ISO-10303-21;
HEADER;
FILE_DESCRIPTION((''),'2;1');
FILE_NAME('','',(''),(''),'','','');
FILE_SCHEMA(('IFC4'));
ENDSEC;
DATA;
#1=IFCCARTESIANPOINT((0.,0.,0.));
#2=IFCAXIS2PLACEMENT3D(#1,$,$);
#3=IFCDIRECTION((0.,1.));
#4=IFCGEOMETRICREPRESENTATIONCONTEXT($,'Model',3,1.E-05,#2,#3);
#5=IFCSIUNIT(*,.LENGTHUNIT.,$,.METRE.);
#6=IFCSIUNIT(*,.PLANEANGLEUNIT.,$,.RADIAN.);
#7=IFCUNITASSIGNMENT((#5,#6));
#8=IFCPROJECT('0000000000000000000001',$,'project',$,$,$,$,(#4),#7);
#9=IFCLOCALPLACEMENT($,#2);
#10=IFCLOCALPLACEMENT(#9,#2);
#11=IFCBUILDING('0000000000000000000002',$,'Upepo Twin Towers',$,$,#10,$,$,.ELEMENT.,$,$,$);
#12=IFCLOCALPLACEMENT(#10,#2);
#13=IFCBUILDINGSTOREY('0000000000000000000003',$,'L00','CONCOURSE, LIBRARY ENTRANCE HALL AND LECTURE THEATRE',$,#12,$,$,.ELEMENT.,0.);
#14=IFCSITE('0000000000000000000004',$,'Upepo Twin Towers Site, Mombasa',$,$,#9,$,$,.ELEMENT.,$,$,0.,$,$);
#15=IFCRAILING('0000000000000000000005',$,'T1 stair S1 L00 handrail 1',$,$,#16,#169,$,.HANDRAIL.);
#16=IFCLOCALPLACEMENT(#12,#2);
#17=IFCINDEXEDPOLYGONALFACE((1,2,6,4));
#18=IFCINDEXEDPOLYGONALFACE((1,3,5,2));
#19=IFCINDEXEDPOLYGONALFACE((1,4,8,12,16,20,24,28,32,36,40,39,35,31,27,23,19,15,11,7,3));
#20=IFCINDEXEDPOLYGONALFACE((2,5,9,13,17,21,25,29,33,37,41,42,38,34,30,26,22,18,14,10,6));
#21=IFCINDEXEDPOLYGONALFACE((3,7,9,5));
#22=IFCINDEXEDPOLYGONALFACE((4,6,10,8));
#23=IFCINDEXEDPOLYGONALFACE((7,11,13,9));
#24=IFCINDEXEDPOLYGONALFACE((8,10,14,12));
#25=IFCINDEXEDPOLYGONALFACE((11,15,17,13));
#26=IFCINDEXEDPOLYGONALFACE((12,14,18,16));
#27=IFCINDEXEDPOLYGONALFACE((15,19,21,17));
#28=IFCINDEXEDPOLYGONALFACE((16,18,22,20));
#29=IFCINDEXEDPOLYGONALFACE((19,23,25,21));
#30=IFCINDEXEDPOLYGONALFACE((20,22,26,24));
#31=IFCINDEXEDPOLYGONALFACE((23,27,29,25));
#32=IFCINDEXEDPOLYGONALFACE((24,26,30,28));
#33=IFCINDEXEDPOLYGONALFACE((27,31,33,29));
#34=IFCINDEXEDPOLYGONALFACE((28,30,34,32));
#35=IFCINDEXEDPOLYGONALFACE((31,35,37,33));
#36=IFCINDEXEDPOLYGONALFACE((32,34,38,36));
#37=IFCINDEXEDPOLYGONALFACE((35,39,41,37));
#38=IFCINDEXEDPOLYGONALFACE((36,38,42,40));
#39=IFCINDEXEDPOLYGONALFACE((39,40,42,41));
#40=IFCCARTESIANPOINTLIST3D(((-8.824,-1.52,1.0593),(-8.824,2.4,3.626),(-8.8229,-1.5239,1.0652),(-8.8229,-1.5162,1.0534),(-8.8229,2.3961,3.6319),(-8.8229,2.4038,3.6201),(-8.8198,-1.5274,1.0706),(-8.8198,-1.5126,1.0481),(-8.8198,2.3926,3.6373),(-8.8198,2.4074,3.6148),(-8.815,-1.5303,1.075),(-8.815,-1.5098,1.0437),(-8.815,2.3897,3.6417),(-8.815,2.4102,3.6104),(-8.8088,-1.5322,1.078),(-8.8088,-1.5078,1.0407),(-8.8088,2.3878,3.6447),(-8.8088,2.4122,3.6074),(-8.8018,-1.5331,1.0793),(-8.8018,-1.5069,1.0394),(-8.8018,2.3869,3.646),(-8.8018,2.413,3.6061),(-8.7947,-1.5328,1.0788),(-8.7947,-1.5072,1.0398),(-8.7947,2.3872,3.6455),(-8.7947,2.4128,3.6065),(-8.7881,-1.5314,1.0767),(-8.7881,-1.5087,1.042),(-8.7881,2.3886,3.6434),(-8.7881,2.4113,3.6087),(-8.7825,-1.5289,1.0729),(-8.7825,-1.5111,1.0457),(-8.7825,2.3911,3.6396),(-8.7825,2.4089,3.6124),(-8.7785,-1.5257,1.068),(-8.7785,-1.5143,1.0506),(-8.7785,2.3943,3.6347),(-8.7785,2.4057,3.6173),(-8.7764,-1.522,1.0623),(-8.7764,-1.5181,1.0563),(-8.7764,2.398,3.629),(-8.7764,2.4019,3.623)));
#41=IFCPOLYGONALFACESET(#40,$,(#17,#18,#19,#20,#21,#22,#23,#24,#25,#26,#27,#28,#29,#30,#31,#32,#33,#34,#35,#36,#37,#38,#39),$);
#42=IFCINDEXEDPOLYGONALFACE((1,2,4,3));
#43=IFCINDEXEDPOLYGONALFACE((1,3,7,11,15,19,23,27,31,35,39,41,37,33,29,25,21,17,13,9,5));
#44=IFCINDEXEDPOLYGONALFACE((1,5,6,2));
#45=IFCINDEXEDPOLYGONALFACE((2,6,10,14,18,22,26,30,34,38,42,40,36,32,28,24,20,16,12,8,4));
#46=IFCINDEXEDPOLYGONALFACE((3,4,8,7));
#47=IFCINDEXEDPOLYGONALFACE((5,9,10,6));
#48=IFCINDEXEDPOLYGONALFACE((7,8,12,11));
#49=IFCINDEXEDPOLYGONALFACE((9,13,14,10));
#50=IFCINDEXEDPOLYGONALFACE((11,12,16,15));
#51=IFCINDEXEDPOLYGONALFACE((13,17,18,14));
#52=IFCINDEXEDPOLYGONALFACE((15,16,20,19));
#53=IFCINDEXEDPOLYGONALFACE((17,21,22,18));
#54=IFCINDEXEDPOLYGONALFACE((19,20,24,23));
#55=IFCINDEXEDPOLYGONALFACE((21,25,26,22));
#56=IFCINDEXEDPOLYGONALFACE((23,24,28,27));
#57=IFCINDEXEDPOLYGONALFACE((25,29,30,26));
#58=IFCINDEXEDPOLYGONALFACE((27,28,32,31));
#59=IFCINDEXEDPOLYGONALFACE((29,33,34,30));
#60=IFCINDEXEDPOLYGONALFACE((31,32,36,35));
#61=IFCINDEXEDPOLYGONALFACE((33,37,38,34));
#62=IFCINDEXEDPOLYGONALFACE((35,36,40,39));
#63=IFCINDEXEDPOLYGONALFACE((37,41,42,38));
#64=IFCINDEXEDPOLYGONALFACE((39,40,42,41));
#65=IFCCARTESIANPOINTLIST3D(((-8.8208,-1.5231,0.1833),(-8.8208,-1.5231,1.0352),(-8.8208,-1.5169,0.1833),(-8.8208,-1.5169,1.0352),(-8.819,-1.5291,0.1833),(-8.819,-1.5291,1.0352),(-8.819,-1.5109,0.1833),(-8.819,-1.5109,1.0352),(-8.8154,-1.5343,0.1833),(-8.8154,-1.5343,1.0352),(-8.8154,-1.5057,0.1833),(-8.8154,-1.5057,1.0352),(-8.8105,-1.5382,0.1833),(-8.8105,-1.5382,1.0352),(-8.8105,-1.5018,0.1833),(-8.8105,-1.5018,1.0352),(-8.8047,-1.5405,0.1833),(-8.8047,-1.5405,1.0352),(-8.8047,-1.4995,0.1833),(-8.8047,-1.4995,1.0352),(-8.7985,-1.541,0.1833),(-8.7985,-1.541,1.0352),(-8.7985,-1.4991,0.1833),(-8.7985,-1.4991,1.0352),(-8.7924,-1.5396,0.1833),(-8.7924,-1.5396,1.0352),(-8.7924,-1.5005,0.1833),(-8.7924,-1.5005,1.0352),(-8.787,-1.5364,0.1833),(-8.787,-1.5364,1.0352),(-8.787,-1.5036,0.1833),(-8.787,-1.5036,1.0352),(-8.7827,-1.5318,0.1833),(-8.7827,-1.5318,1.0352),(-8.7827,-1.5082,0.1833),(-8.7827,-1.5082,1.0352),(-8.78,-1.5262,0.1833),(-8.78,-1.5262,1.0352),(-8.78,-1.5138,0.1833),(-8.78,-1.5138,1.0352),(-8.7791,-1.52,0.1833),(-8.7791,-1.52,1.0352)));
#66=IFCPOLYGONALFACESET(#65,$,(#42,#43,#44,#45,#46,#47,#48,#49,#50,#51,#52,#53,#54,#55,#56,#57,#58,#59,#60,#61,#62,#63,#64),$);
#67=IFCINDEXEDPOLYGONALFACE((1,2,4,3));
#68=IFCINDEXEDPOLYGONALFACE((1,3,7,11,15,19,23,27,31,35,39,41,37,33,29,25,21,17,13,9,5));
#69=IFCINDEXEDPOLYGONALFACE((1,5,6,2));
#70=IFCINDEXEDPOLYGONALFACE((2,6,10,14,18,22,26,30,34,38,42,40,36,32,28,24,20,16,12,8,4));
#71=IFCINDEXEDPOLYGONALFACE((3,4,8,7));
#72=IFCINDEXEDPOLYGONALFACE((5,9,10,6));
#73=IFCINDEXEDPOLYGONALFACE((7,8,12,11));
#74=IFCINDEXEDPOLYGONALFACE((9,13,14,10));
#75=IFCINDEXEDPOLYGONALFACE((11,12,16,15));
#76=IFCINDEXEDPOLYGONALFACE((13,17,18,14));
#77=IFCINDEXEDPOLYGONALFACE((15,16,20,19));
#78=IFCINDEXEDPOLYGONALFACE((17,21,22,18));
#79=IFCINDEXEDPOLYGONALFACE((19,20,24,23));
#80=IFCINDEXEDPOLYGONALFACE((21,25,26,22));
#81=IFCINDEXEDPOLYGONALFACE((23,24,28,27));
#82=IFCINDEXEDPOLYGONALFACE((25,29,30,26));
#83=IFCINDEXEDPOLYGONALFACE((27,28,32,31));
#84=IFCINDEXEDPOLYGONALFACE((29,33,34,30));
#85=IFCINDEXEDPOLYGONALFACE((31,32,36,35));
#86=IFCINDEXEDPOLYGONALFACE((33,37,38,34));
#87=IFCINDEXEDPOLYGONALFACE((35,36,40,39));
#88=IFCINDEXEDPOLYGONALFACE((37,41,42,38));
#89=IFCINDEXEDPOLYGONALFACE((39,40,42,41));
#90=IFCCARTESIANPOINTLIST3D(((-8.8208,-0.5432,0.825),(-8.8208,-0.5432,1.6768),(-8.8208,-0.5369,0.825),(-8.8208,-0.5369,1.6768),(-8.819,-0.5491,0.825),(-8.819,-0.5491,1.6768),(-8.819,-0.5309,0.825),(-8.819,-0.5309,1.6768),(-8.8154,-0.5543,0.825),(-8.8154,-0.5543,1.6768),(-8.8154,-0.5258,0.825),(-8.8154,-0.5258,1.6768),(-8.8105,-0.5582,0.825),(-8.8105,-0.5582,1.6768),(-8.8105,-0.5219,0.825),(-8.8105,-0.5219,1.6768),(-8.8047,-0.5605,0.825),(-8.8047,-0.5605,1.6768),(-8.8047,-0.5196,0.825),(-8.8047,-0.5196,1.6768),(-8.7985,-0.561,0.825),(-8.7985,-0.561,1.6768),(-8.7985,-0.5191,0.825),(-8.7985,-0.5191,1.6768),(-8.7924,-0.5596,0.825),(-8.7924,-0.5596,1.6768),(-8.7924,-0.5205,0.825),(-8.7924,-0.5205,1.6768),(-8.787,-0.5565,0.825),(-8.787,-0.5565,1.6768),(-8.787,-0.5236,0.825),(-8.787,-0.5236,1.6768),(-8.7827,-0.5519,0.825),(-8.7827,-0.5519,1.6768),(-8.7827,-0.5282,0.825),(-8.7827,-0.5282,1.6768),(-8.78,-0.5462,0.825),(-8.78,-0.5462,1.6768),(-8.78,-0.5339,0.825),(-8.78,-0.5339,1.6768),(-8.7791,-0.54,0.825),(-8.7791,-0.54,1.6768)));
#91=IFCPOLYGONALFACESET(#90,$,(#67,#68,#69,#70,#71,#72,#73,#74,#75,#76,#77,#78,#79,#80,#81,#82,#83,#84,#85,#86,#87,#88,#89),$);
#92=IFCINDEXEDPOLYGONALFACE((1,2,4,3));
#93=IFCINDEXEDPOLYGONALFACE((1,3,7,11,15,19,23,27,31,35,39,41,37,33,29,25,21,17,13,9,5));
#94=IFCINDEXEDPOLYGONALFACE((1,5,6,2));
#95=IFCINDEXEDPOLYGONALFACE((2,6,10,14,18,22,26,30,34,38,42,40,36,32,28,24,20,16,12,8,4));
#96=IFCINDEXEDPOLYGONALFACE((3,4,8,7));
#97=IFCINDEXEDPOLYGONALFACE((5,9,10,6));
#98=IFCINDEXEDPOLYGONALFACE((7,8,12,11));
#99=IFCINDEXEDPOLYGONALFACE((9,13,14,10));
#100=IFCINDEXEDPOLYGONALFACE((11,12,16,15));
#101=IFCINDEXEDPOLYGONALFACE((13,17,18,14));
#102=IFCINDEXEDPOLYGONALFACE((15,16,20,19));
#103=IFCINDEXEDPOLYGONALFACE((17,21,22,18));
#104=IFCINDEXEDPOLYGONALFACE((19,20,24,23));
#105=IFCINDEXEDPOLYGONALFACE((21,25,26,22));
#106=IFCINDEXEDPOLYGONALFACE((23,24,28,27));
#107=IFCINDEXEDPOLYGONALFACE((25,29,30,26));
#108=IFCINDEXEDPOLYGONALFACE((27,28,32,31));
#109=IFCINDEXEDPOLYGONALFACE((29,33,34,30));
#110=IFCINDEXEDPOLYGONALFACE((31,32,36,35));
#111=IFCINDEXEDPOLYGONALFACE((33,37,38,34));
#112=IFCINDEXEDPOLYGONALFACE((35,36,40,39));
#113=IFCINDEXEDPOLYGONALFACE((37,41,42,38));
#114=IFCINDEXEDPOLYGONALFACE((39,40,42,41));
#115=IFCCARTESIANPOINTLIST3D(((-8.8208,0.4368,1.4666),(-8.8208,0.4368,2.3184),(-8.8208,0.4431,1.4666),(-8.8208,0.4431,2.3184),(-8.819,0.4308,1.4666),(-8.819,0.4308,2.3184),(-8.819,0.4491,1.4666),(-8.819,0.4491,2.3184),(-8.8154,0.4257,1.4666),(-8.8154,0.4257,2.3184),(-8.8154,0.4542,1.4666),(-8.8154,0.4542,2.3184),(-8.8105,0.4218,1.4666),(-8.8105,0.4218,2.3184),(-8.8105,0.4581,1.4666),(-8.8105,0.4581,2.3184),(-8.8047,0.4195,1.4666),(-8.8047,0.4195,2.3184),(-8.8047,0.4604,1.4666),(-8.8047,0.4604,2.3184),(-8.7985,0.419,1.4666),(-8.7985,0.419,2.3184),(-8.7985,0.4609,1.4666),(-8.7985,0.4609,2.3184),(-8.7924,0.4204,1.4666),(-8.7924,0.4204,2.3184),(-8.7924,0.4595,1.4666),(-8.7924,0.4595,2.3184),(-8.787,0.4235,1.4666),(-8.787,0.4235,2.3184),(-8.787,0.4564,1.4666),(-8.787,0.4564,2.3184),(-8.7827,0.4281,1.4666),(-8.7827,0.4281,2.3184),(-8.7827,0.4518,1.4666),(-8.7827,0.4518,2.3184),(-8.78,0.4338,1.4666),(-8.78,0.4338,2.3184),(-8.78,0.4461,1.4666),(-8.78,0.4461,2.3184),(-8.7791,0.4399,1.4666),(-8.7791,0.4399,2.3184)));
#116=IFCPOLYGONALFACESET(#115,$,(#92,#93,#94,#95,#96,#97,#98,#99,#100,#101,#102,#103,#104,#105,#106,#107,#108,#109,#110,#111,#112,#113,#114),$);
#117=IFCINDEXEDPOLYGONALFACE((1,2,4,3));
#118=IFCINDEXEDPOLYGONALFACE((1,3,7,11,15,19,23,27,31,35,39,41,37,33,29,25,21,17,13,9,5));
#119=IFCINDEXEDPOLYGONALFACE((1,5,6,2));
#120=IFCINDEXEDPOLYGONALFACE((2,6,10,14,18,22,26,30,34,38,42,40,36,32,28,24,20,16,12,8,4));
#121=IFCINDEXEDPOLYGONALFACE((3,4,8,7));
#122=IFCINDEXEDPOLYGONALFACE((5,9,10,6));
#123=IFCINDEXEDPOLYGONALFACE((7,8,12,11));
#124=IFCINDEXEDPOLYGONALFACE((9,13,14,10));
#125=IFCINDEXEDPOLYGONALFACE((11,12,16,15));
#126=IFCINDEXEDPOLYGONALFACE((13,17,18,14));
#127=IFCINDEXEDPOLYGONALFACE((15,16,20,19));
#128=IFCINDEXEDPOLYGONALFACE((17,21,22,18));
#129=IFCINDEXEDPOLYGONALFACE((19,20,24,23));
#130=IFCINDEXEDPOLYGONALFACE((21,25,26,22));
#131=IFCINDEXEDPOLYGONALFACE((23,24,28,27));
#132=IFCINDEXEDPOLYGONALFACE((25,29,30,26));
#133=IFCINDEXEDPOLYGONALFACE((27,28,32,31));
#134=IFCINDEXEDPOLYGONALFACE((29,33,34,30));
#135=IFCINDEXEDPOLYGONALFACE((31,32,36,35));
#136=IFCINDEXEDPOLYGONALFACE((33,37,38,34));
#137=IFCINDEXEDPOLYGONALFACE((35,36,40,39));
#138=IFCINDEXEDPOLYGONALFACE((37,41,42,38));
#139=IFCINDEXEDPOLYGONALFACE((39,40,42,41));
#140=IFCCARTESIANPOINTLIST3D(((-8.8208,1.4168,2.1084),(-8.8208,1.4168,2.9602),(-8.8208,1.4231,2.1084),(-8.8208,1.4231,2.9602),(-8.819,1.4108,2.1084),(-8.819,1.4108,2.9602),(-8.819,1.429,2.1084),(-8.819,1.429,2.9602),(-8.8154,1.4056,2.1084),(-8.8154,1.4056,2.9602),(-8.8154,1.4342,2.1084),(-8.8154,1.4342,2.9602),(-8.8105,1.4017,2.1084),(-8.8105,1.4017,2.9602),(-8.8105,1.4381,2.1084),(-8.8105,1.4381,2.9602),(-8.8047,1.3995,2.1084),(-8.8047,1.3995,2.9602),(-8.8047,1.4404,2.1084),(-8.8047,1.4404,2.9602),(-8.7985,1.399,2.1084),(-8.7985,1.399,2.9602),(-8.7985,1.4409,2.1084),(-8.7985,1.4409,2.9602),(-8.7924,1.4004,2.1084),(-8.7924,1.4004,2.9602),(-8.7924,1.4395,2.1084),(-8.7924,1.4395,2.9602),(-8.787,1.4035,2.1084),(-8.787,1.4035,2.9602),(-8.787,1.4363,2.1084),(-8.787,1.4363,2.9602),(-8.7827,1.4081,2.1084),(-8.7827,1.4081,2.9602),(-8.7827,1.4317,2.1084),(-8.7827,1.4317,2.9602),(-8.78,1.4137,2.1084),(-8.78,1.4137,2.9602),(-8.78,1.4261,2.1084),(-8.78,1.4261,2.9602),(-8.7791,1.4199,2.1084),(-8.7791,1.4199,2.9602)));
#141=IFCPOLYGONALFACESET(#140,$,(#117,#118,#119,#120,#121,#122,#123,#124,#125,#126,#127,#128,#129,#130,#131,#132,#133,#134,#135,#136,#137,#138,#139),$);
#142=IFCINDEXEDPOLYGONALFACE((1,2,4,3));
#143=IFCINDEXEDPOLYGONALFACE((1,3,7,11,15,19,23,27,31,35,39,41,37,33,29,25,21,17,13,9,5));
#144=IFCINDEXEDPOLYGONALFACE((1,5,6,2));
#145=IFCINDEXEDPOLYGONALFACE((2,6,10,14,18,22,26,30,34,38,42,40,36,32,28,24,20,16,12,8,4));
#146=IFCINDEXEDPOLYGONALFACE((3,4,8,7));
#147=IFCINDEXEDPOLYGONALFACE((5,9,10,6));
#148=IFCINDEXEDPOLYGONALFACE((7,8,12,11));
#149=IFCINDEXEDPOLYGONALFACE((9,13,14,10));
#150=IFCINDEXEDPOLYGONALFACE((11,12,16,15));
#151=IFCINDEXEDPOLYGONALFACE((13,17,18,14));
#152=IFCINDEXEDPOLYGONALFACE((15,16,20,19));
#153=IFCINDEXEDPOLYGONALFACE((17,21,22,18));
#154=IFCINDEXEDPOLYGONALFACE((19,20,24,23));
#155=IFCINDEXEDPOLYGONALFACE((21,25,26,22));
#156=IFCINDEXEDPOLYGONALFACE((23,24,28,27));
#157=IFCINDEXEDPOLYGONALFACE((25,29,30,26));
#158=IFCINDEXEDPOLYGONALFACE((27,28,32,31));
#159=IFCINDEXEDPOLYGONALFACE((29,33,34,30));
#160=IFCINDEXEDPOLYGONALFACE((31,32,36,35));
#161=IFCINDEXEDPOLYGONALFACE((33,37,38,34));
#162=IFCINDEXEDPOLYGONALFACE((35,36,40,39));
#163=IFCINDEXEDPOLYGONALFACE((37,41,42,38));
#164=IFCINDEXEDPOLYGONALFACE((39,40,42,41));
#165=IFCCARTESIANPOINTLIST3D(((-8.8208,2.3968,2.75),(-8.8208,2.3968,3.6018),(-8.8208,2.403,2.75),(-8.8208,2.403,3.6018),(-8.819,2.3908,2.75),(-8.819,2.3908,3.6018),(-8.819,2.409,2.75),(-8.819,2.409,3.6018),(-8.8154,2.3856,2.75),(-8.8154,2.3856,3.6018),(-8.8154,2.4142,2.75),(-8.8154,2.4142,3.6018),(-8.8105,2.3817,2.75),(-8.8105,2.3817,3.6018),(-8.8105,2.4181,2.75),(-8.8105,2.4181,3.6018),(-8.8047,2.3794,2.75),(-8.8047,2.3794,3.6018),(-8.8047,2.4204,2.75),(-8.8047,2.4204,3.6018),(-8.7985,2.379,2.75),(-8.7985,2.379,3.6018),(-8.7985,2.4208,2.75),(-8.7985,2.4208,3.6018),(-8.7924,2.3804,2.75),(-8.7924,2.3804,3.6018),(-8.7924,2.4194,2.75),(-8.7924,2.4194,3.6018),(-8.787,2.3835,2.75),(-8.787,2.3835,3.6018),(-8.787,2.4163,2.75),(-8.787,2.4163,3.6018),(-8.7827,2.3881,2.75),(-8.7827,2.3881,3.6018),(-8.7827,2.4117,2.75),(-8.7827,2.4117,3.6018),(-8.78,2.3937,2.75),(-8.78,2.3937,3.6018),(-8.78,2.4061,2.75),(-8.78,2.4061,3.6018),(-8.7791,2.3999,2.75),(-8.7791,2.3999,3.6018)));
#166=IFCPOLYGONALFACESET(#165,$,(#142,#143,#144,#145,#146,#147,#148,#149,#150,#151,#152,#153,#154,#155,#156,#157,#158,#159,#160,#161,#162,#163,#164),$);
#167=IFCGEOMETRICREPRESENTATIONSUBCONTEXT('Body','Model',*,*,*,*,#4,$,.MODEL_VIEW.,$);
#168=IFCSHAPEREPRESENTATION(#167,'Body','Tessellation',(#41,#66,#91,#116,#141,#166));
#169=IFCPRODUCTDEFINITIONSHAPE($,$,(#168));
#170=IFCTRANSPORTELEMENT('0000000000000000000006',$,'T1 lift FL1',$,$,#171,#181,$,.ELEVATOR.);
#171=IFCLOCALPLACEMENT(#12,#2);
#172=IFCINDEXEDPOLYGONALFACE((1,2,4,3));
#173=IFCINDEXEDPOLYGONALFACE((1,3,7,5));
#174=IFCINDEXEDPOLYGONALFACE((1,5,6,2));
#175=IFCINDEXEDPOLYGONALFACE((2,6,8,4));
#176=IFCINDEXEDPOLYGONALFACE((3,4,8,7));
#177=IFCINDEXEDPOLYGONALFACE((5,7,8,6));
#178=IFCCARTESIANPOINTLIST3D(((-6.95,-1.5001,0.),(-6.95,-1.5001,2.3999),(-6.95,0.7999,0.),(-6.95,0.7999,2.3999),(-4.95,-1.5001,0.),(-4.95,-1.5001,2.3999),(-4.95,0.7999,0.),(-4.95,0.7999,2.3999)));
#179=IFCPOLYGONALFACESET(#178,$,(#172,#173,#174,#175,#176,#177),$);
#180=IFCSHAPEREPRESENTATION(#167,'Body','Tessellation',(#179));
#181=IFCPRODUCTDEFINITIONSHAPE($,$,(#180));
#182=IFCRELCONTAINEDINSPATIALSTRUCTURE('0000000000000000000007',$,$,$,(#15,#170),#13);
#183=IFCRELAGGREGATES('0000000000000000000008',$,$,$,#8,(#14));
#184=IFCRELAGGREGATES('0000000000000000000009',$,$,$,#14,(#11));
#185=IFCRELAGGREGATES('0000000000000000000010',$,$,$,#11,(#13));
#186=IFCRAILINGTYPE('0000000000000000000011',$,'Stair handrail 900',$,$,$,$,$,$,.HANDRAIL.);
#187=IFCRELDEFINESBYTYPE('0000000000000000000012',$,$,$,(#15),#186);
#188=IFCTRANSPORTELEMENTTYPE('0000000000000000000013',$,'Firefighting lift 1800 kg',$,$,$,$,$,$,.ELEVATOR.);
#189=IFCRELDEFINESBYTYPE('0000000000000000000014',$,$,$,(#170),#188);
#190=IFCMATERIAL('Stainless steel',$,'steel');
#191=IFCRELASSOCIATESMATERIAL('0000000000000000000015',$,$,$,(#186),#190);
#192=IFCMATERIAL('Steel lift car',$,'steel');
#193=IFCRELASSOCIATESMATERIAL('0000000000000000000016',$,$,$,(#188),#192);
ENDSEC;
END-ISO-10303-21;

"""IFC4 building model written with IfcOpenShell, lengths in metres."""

from ifc_helpers import new_model, si_unit, direction, frame, origin, origin_2d, place, context, subcontext, project, spatial, rectangle, circle, extrude, material, type_object, element, save


model = new_model("IFC4")

# Units and contexts
model_context = context("Model", 3, precision=1e-05, world=origin(), true_north=direction((0.0, 1.0)))
body_context = subcontext(model_context, "Body", "Model", "MODEL_VIEW")
ifc_project = project(units=[si_unit("LENGTHUNIT", "METRE"), si_unit("PLANEANGLEUNIT", "RADIAN")], contexts=[model_context])

# Site, building, storey
site_placement = place(None, origin())
site = spatial("IfcSite", under=ifc_project, at=site_placement, Name="Upepo Twin Towers Site, Mombasa", CompositionType="ELEMENT", RefElevation=0.0)
building_placement = place(site_placement, origin())
building = spatial("IfcBuilding", under=site, at=building_placement, Name="Upepo Twin Towers", CompositionType="ELEMENT")
storey_placement = place(building_placement, origin())
storey = spatial("IfcBuildingStorey", under=building, at=storey_placement, Name="L00", Description="CONCOURSE, LIBRARY ENTRANCE HALL AND LECTURE THEATRE", CompositionType="ELEMENT", Elevation=0.0)

# Railing
ifc_material_1 = material(Name="Stainless steel", Category="steel")
railing_type = type_object("IfcRailingType", Name="Stair handrail 900", PredefinedType="HANDRAIL", material=ifc_material_1)
railing_placement = place(storey_placement, frame((-8.8, -1.52, 0.1833)))
element("IfcRailing", 1, at=railing_placement, inside=storey, type_object=railing_type, Name="T1 stair S1 L00 handrail 1", PredefinedType="HANDRAIL", context=body_context, shape_type="SweptSolid", body=[
    extrude(circle(Radius=0.0239, at=origin_2d()), frame((0.0, 0.0, 0.876), z_axis=(0.0, 0.836615, 0.547791), x_axis=(-1.0, 0.0, 0.0)), (0.0, 0.0, 1.0), 4.6855),
    extrude(circle(Radius=0.021, at=origin_2d()), origin(), (0.0, 0.0, 1.0), 0.8518),
    extrude(circle(Radius=0.021, at=origin_2d()), frame((0.0, 0.98, 0.6416)), (0.0, 0.0, 1.0), 0.8518),
    extrude(circle(Radius=0.021, at=origin_2d()), frame((0.0, 1.96, 1.2832)), (0.0, 0.0, 1.0), 0.8518),
    extrude(circle(Radius=0.021, at=origin_2d()), frame((0.0, 2.9399, 1.925)), (0.0, 0.0, 1.0), 0.8518),
    extrude(circle(Radius=0.021, at=origin_2d()), frame((0.0, 3.9199, 2.5667)), (0.0, 0.0, 1.0), 0.8518),
])

# Transport element
ifc_material_2 = material(Name="Steel lift car", Category="steel")
transport_element_type = type_object("IfcTransportElementType", Name="Firefighting lift 1800 kg", PredefinedType="ELEVATOR", material=ifc_material_2)
transport_element_placement = place(storey_placement, frame((-5.95, -0.3501, 0.0), z_axis=(0.0, 0.0, 1.0), x_axis=(1.0, 0.0, 0.0)))
element("IfcTransportElement", 2, at=transport_element_placement, inside=storey, type_object=transport_element_type, Name="T1 lift FL1", PredefinedType="ELEVATOR", context=body_context, shape_type="SweptSolid", body=[
    extrude(rectangle(XDim=2.0, YDim=2.3, at=origin_2d()), origin(), (0.0, 0.0, 1.0), 2.3999),
])

save(model, "model.ifc")
